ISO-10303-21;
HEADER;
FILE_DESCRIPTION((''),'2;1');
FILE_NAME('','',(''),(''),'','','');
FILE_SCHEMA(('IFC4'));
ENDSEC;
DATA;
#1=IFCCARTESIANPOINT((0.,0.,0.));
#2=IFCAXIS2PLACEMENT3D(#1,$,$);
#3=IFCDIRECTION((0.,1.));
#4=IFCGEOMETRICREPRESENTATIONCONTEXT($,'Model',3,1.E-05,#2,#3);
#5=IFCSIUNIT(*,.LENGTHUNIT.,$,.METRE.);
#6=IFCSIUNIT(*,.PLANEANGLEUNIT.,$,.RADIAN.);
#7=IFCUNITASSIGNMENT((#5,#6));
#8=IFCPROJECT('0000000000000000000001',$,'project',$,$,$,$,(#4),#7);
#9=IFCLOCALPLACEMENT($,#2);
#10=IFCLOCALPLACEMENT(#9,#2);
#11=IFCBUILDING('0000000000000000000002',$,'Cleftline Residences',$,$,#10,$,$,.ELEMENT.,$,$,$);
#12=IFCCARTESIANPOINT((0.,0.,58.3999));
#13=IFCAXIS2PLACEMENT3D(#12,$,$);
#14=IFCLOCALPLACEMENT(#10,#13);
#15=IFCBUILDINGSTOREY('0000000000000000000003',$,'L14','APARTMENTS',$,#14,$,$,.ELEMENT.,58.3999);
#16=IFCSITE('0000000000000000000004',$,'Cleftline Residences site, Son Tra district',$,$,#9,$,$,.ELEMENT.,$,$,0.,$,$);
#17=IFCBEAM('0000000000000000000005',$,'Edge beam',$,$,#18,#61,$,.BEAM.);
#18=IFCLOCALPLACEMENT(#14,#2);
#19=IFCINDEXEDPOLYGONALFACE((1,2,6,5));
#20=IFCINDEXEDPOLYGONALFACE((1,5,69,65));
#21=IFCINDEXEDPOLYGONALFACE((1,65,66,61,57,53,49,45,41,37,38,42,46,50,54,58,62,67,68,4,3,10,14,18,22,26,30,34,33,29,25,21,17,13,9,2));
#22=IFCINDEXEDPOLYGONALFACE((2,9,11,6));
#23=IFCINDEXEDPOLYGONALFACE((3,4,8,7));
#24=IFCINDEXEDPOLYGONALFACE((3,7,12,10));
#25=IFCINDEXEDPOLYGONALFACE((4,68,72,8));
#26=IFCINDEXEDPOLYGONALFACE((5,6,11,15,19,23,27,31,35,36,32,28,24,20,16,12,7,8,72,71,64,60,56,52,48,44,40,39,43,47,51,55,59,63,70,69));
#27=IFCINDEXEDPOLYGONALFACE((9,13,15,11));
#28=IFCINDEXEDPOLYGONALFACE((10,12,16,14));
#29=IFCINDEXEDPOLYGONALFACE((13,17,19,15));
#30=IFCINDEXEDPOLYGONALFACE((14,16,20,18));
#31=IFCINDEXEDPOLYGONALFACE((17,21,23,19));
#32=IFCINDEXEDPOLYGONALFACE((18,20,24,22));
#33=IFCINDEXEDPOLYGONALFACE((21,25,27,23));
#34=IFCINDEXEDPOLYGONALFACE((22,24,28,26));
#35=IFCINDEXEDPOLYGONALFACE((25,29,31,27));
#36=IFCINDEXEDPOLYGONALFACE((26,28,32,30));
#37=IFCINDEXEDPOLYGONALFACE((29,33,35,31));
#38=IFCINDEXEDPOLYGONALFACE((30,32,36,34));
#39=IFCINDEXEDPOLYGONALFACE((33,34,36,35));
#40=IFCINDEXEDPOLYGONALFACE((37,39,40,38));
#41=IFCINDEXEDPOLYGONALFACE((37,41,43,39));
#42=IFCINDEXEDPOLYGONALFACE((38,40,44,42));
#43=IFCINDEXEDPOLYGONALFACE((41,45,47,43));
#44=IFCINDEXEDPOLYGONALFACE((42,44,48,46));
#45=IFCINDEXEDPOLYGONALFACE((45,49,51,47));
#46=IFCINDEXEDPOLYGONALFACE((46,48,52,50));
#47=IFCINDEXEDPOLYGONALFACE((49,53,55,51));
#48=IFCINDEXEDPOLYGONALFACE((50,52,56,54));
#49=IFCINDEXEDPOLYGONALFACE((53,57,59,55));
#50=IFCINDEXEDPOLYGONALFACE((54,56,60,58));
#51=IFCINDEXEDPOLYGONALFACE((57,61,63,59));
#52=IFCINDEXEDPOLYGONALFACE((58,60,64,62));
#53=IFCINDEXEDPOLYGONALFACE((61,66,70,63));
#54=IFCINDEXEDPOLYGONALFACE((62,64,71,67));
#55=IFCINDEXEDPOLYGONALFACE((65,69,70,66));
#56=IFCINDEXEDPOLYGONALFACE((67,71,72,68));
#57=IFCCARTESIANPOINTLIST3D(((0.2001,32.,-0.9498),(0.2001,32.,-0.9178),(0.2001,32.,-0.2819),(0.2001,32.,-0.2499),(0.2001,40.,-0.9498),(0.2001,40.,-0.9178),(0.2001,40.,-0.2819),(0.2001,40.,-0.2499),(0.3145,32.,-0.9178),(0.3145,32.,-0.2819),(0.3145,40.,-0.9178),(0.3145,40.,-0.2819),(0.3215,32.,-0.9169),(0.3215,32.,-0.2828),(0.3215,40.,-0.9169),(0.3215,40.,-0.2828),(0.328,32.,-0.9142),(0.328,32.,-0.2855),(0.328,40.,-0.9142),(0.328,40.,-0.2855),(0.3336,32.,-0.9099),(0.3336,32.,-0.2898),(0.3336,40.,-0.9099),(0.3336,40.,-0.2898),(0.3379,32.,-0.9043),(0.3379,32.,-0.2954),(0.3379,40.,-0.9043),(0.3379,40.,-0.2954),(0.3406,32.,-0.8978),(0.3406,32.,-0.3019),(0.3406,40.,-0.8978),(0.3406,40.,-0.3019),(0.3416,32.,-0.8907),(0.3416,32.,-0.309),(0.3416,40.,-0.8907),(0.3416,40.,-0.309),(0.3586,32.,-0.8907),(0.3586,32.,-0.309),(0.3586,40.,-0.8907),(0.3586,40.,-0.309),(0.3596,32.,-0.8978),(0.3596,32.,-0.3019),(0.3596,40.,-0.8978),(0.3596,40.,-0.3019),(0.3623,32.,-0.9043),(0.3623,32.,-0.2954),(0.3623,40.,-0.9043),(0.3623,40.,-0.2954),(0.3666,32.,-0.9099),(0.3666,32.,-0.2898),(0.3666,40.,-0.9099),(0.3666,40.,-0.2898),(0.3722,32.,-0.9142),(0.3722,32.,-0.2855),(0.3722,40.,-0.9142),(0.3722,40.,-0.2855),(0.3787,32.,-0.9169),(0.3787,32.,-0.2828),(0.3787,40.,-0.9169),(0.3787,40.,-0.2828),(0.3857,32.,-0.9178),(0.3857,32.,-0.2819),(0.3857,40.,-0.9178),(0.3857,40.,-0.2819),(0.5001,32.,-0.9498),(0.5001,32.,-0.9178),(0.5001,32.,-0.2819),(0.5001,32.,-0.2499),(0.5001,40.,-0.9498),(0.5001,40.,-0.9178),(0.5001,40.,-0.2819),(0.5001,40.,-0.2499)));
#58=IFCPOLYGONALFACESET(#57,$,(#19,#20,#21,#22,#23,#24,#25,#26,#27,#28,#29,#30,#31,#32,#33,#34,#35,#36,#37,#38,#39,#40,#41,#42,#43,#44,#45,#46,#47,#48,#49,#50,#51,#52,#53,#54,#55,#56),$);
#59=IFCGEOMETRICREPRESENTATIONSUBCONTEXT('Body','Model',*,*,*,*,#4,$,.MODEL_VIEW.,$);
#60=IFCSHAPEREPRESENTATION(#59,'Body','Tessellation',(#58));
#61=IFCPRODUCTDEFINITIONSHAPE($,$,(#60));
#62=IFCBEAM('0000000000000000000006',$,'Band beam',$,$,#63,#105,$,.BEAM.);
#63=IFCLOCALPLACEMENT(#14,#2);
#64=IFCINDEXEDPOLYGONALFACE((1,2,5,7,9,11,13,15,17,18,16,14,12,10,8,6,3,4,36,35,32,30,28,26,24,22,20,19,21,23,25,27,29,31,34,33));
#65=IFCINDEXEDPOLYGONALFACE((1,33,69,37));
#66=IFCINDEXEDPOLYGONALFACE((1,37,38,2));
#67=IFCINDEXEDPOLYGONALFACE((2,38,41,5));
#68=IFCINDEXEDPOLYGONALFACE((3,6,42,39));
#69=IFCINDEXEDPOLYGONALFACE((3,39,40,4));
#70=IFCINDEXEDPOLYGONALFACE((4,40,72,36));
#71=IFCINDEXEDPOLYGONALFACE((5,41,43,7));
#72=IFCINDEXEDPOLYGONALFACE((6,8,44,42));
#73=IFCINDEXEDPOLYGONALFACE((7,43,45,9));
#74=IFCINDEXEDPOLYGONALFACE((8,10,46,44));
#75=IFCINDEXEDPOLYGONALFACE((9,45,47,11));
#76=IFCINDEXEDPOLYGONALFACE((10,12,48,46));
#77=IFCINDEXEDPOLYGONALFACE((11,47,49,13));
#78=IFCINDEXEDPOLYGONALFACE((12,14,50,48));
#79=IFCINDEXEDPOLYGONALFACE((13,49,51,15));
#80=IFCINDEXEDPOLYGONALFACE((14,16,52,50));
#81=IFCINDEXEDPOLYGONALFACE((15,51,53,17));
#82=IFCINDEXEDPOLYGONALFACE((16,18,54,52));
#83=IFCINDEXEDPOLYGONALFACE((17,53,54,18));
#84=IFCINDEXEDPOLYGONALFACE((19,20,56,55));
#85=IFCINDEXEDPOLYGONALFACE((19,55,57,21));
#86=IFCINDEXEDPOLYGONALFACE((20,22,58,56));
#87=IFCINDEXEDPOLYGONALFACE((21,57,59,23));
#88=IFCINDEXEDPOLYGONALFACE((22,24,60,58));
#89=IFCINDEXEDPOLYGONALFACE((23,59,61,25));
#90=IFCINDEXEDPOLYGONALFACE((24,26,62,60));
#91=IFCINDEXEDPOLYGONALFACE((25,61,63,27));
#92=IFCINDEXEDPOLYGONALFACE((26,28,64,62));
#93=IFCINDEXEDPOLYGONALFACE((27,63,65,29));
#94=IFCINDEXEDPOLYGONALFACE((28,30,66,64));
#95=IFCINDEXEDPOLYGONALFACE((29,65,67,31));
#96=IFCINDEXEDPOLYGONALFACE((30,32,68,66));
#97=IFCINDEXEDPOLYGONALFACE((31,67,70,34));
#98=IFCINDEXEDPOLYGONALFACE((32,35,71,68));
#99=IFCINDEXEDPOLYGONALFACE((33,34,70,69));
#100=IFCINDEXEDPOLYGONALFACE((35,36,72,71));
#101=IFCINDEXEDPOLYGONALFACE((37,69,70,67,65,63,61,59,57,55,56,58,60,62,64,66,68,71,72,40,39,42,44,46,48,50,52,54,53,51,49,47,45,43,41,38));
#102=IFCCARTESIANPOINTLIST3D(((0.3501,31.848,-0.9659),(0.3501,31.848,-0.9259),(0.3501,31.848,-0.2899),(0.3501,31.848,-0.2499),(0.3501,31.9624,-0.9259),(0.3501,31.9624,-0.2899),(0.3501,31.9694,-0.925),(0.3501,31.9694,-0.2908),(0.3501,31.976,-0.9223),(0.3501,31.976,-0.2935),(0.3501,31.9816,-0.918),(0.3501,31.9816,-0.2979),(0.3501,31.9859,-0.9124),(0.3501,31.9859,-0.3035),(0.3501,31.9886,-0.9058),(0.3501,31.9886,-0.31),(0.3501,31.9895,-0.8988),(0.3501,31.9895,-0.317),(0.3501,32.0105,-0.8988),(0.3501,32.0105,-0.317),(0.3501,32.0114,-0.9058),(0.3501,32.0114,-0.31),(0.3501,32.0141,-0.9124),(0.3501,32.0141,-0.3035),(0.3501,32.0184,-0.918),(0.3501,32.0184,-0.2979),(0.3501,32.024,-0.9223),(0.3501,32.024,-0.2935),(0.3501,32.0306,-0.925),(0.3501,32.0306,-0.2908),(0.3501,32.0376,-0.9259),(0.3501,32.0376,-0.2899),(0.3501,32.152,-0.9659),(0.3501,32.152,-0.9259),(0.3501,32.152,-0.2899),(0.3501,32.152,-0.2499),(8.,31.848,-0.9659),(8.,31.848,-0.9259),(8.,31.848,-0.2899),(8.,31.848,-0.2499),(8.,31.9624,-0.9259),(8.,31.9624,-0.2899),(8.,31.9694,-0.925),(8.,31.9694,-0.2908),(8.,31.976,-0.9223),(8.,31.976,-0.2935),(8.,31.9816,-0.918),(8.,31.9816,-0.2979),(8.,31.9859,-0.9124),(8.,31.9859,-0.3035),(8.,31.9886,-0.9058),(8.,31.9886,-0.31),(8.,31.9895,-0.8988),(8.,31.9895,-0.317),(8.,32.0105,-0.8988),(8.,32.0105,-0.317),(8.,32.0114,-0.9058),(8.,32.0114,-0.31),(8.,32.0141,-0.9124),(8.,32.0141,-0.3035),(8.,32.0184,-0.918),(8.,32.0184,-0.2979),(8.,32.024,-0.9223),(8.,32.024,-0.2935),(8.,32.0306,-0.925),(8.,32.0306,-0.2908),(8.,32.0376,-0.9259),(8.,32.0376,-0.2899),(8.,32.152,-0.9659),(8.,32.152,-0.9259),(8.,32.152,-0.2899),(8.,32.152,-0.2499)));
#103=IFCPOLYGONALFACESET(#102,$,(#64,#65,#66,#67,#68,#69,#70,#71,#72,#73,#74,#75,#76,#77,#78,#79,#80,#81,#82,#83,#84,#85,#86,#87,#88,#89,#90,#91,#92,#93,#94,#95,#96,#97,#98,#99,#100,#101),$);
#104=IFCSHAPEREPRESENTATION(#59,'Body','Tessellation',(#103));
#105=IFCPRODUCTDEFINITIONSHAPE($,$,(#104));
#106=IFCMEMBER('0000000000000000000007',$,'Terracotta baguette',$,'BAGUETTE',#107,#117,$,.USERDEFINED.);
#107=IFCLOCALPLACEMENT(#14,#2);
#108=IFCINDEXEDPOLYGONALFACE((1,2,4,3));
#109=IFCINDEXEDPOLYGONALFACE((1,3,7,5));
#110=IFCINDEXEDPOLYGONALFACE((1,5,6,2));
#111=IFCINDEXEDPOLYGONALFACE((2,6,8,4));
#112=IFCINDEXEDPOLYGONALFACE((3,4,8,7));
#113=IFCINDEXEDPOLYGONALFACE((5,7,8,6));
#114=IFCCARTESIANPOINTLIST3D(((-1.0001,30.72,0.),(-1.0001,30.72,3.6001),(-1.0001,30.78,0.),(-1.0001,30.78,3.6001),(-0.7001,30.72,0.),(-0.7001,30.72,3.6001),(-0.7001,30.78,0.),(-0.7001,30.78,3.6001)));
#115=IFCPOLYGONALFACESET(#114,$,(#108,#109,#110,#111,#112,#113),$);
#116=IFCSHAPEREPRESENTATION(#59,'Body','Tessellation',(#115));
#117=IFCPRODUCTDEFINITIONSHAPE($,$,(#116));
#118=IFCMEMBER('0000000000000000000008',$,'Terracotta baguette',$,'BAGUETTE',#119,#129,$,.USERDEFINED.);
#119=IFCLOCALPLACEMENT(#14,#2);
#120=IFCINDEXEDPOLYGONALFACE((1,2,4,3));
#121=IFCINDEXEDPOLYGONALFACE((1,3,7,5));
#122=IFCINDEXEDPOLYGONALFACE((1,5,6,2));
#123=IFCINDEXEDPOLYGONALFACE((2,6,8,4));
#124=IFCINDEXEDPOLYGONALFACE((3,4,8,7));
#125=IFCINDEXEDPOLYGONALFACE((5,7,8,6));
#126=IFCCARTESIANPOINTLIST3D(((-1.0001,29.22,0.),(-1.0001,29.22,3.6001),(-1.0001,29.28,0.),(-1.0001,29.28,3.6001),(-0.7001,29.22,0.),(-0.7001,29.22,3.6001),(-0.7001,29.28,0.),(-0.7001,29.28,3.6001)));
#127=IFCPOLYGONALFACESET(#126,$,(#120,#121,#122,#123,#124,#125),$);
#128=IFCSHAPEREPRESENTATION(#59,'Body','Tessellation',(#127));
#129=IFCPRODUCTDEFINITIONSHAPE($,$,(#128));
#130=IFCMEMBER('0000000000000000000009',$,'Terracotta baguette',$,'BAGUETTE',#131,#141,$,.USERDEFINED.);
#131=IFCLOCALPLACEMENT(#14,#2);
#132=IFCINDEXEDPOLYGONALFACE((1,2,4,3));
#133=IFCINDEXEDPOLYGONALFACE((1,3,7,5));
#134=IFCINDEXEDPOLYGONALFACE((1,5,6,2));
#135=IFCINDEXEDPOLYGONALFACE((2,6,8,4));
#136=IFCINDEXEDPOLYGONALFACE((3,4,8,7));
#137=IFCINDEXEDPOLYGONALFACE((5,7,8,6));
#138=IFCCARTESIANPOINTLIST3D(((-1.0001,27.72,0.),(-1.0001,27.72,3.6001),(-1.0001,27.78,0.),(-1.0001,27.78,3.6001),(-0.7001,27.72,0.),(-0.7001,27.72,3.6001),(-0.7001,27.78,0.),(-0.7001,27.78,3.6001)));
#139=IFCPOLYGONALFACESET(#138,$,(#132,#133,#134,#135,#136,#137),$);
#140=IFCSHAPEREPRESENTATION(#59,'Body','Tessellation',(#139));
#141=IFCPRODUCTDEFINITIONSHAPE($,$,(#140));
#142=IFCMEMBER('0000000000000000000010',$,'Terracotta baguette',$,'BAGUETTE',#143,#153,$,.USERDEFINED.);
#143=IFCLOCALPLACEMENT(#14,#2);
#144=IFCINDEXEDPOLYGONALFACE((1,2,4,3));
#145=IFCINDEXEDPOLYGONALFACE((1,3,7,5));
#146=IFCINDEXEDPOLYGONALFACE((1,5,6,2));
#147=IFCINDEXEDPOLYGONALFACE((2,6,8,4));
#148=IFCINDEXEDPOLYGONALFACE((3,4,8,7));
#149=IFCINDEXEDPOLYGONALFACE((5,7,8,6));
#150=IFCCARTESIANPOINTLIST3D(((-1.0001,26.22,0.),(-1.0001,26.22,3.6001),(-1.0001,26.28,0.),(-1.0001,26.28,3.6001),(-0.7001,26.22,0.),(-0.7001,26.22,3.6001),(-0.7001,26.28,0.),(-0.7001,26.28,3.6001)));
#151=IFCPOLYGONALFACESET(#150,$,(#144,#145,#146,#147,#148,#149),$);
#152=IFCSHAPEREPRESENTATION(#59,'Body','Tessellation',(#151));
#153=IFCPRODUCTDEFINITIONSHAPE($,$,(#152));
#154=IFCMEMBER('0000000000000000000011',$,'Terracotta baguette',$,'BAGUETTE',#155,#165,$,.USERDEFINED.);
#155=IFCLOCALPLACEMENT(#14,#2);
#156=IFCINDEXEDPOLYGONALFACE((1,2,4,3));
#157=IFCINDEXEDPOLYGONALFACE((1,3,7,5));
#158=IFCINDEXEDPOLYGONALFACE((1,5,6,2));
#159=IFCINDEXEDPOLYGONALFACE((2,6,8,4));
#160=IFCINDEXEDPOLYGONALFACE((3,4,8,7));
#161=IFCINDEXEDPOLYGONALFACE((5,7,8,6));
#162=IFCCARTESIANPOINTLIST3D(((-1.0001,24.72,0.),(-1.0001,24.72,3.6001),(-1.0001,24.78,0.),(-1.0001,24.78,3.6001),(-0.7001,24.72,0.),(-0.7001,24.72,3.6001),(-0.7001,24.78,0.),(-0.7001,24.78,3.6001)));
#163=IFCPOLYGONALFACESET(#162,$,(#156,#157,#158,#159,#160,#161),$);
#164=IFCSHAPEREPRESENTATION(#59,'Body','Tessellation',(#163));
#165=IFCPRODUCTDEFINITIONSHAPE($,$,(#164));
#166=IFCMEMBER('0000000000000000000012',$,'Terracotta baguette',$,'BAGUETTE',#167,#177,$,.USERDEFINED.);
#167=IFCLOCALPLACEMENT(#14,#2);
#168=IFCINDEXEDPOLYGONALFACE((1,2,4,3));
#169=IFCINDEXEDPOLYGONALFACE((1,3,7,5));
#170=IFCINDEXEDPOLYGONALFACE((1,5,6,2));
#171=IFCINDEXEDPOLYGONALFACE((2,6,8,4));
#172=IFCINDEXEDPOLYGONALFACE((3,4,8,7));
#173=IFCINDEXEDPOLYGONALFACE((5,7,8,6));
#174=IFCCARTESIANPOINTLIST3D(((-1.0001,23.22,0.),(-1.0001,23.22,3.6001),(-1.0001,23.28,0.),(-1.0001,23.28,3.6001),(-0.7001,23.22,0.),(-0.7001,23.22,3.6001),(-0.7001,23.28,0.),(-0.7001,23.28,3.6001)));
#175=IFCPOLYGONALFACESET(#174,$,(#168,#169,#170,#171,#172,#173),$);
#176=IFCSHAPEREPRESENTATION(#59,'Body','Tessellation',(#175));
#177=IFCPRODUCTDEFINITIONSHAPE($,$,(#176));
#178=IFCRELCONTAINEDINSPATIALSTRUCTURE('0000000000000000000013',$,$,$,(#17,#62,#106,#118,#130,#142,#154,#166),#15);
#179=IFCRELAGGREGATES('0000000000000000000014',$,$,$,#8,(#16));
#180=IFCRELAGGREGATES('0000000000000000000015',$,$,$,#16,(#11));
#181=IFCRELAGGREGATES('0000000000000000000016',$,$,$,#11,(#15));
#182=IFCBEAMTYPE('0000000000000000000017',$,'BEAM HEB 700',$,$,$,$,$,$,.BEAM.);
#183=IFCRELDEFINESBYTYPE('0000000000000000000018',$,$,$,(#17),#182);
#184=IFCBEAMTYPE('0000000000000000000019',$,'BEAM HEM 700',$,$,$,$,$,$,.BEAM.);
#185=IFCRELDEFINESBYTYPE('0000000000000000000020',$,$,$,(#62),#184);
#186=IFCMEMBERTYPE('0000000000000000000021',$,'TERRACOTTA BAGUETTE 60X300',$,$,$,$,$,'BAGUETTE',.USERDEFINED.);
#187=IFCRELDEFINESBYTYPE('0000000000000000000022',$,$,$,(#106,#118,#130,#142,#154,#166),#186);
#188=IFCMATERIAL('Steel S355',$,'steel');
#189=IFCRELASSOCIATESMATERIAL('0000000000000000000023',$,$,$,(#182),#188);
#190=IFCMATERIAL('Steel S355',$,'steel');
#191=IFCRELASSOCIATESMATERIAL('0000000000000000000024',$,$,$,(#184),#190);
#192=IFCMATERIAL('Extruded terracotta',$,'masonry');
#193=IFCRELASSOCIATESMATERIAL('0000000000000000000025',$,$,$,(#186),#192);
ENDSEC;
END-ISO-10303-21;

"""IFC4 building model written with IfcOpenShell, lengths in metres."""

from ifc_helpers import new_model, si_unit, direction, frame, origin, origin_2d, place, context, subcontext, project, spatial, rectangle, i_section, extrude, material, material_profile, profile_set, type_object, element, save


model = new_model("IFC4")

# Units and contexts
model_context = context("Model", 3, precision=1e-05, world=origin(), true_north=direction((0.0, 1.0)))
body_context = subcontext(model_context, "Body", "Model", "MODEL_VIEW")
ifc_project = project(units=[si_unit("LENGTHUNIT", "METRE"), si_unit("PLANEANGLEUNIT", "RADIAN")], contexts=[model_context])

# Site, building, storey
site_placement = place(None, origin())
site = spatial("IfcSite", under=ifc_project, at=site_placement, Name="Cleftline Residences site, Son Tra district", CompositionType="ELEMENT", RefElevation=0.0)
building_placement = place(site_placement, origin())
building = spatial("IfcBuilding", under=site, at=building_placement, Name="Cleftline Residences", CompositionType="ELEMENT")
storey_placement = place(building_placement, frame((0.0, 0.0, 58.3999)))
storey = spatial("IfcBuildingStorey", under=building, at=storey_placement, Name="L14", Description="APARTMENTS", CompositionType="ELEMENT", Elevation=58.3999)

# Beams
ifc_material_1 = material(Name="Steel S355", Category="steel")
ifc_material_profile_1 = material_profile(ifc_material_1, i_section(OverallWidth=0.3, OverallDepth=0.7, WebThickness=0.0171, FlangeThickness=0.032, FilletRadius=0.0271, at=origin_2d()))
ifc_profile_set_1 = profile_set([ifc_material_profile_1], Name="Steel S355")
beam_type_1 = type_object("IfcBeamType", Name="BEAM HEB 700", PredefinedType="BEAM", material=ifc_profile_set_1)
for number, where, z_axis, x_axis, name in (
    (1, (0.3501, 32.0, -0.5999), (0.0, 1.0, 0.0), (-1.0, 0.0, 0.0), "Edge beam"),
):
    element("IfcBeam", number, at=place(storey_placement, frame(where, z_axis=z_axis, x_axis=x_axis)), inside=storey, type_object=beam_type_1, Name=name, PredefinedType="BEAM", context=body_context, shape_type="SweptSolid", body=[
        extrude(i_section(OverallWidth=0.3, OverallDepth=0.7, WebThickness=0.0171, FlangeThickness=0.032, FilletRadius=0.0271, at=origin_2d()), origin(), (0.0, 0.0, 1.0), 8.0),
    ])
ifc_material_2 = material(Name="Steel S355", Category="steel")
ifc_material_profile_2 = material_profile(ifc_material_2, i_section(OverallWidth=0.304, OverallDepth=0.7161, WebThickness=0.021, FlangeThickness=0.04, FilletRadius=0.0271, at=origin_2d()))
ifc_profile_set_2 = profile_set([ifc_material_profile_2], Name="Steel S355")
beam_type_2 = type_object("IfcBeamType", Name="BEAM HEM 700", PredefinedType="BEAM", material=ifc_profile_set_2)
beam_placement = place(storey_placement, frame((0.3501, 32.0, -0.6079), z_axis=(1.0, 0.0, 0.0), x_axis=(0.0, 1.0, 0.0)))
element("IfcBeam", 2, at=beam_placement, inside=storey, type_object=beam_type_2, Name="Band beam", PredefinedType="BEAM", context=body_context, shape_type="SweptSolid", body=[
    extrude(i_section(OverallWidth=0.304, OverallDepth=0.7161, WebThickness=0.021, FlangeThickness=0.04, FilletRadius=0.0271, at=origin_2d()), origin(), (0.0, 0.0, 1.0), 7.6499),
])

# Members
ifc_material_3 = material(Name="Extruded terracotta", Category="masonry")
ifc_material_profile_3 = material_profile(ifc_material_3, rectangle(XDim=0.0601, YDim=0.3, at=origin_2d()))
ifc_profile_set_3 = profile_set([ifc_material_profile_3], Name="Extruded terracotta")
member_type_1 = type_object("IfcMemberType", Name="TERRACOTTA BAGUETTE 60X300", ElementType="BAGUETTE", PredefinedType="USERDEFINED", material=ifc_profile_set_3)
for number, where, z_axis, x_axis, name in (
    (3, (-0.8501, 30.75, 0.0), (0.0, 0.0, 1.0), (0.0, 1.0, 0.0), "Terracotta baguette"),
    (4, (-0.8501, 29.25, 0.0), (0.0, 0.0, 1.0), (0.0, 1.0, 0.0), "Terracotta baguette"),
    (5, (-0.8501, 27.75, 0.0), (0.0, 0.0, 1.0), (0.0, 1.0, 0.0), "Terracotta baguette"),
    (6, (-0.8501, 26.25, 0.0), (0.0, 0.0, 1.0), (0.0, 1.0, 0.0), "Terracotta baguette"),
    (7, (-0.8501, 24.75, 0.0), (0.0, 0.0, 1.0), (0.0, 1.0, 0.0), "Terracotta baguette"),
    (8, (-0.8501, 23.25, 0.0), (0.0, 0.0, 1.0), (0.0, 1.0, 0.0), "Terracotta baguette"),
):
    element("IfcMember", number, at=place(storey_placement, frame(where, z_axis=z_axis, x_axis=x_axis)), inside=storey, type_object=member_type_1, Name=name, ObjectType="BAGUETTE", PredefinedType="USERDEFINED", context=body_context, shape_type="SweptSolid", body=[
        extrude(rectangle(XDim=0.0601, YDim=0.3, at=origin_2d()), origin(), (0.0, 0.0, 1.0), 3.6001),
    ])

save(model, "model.ifc")
